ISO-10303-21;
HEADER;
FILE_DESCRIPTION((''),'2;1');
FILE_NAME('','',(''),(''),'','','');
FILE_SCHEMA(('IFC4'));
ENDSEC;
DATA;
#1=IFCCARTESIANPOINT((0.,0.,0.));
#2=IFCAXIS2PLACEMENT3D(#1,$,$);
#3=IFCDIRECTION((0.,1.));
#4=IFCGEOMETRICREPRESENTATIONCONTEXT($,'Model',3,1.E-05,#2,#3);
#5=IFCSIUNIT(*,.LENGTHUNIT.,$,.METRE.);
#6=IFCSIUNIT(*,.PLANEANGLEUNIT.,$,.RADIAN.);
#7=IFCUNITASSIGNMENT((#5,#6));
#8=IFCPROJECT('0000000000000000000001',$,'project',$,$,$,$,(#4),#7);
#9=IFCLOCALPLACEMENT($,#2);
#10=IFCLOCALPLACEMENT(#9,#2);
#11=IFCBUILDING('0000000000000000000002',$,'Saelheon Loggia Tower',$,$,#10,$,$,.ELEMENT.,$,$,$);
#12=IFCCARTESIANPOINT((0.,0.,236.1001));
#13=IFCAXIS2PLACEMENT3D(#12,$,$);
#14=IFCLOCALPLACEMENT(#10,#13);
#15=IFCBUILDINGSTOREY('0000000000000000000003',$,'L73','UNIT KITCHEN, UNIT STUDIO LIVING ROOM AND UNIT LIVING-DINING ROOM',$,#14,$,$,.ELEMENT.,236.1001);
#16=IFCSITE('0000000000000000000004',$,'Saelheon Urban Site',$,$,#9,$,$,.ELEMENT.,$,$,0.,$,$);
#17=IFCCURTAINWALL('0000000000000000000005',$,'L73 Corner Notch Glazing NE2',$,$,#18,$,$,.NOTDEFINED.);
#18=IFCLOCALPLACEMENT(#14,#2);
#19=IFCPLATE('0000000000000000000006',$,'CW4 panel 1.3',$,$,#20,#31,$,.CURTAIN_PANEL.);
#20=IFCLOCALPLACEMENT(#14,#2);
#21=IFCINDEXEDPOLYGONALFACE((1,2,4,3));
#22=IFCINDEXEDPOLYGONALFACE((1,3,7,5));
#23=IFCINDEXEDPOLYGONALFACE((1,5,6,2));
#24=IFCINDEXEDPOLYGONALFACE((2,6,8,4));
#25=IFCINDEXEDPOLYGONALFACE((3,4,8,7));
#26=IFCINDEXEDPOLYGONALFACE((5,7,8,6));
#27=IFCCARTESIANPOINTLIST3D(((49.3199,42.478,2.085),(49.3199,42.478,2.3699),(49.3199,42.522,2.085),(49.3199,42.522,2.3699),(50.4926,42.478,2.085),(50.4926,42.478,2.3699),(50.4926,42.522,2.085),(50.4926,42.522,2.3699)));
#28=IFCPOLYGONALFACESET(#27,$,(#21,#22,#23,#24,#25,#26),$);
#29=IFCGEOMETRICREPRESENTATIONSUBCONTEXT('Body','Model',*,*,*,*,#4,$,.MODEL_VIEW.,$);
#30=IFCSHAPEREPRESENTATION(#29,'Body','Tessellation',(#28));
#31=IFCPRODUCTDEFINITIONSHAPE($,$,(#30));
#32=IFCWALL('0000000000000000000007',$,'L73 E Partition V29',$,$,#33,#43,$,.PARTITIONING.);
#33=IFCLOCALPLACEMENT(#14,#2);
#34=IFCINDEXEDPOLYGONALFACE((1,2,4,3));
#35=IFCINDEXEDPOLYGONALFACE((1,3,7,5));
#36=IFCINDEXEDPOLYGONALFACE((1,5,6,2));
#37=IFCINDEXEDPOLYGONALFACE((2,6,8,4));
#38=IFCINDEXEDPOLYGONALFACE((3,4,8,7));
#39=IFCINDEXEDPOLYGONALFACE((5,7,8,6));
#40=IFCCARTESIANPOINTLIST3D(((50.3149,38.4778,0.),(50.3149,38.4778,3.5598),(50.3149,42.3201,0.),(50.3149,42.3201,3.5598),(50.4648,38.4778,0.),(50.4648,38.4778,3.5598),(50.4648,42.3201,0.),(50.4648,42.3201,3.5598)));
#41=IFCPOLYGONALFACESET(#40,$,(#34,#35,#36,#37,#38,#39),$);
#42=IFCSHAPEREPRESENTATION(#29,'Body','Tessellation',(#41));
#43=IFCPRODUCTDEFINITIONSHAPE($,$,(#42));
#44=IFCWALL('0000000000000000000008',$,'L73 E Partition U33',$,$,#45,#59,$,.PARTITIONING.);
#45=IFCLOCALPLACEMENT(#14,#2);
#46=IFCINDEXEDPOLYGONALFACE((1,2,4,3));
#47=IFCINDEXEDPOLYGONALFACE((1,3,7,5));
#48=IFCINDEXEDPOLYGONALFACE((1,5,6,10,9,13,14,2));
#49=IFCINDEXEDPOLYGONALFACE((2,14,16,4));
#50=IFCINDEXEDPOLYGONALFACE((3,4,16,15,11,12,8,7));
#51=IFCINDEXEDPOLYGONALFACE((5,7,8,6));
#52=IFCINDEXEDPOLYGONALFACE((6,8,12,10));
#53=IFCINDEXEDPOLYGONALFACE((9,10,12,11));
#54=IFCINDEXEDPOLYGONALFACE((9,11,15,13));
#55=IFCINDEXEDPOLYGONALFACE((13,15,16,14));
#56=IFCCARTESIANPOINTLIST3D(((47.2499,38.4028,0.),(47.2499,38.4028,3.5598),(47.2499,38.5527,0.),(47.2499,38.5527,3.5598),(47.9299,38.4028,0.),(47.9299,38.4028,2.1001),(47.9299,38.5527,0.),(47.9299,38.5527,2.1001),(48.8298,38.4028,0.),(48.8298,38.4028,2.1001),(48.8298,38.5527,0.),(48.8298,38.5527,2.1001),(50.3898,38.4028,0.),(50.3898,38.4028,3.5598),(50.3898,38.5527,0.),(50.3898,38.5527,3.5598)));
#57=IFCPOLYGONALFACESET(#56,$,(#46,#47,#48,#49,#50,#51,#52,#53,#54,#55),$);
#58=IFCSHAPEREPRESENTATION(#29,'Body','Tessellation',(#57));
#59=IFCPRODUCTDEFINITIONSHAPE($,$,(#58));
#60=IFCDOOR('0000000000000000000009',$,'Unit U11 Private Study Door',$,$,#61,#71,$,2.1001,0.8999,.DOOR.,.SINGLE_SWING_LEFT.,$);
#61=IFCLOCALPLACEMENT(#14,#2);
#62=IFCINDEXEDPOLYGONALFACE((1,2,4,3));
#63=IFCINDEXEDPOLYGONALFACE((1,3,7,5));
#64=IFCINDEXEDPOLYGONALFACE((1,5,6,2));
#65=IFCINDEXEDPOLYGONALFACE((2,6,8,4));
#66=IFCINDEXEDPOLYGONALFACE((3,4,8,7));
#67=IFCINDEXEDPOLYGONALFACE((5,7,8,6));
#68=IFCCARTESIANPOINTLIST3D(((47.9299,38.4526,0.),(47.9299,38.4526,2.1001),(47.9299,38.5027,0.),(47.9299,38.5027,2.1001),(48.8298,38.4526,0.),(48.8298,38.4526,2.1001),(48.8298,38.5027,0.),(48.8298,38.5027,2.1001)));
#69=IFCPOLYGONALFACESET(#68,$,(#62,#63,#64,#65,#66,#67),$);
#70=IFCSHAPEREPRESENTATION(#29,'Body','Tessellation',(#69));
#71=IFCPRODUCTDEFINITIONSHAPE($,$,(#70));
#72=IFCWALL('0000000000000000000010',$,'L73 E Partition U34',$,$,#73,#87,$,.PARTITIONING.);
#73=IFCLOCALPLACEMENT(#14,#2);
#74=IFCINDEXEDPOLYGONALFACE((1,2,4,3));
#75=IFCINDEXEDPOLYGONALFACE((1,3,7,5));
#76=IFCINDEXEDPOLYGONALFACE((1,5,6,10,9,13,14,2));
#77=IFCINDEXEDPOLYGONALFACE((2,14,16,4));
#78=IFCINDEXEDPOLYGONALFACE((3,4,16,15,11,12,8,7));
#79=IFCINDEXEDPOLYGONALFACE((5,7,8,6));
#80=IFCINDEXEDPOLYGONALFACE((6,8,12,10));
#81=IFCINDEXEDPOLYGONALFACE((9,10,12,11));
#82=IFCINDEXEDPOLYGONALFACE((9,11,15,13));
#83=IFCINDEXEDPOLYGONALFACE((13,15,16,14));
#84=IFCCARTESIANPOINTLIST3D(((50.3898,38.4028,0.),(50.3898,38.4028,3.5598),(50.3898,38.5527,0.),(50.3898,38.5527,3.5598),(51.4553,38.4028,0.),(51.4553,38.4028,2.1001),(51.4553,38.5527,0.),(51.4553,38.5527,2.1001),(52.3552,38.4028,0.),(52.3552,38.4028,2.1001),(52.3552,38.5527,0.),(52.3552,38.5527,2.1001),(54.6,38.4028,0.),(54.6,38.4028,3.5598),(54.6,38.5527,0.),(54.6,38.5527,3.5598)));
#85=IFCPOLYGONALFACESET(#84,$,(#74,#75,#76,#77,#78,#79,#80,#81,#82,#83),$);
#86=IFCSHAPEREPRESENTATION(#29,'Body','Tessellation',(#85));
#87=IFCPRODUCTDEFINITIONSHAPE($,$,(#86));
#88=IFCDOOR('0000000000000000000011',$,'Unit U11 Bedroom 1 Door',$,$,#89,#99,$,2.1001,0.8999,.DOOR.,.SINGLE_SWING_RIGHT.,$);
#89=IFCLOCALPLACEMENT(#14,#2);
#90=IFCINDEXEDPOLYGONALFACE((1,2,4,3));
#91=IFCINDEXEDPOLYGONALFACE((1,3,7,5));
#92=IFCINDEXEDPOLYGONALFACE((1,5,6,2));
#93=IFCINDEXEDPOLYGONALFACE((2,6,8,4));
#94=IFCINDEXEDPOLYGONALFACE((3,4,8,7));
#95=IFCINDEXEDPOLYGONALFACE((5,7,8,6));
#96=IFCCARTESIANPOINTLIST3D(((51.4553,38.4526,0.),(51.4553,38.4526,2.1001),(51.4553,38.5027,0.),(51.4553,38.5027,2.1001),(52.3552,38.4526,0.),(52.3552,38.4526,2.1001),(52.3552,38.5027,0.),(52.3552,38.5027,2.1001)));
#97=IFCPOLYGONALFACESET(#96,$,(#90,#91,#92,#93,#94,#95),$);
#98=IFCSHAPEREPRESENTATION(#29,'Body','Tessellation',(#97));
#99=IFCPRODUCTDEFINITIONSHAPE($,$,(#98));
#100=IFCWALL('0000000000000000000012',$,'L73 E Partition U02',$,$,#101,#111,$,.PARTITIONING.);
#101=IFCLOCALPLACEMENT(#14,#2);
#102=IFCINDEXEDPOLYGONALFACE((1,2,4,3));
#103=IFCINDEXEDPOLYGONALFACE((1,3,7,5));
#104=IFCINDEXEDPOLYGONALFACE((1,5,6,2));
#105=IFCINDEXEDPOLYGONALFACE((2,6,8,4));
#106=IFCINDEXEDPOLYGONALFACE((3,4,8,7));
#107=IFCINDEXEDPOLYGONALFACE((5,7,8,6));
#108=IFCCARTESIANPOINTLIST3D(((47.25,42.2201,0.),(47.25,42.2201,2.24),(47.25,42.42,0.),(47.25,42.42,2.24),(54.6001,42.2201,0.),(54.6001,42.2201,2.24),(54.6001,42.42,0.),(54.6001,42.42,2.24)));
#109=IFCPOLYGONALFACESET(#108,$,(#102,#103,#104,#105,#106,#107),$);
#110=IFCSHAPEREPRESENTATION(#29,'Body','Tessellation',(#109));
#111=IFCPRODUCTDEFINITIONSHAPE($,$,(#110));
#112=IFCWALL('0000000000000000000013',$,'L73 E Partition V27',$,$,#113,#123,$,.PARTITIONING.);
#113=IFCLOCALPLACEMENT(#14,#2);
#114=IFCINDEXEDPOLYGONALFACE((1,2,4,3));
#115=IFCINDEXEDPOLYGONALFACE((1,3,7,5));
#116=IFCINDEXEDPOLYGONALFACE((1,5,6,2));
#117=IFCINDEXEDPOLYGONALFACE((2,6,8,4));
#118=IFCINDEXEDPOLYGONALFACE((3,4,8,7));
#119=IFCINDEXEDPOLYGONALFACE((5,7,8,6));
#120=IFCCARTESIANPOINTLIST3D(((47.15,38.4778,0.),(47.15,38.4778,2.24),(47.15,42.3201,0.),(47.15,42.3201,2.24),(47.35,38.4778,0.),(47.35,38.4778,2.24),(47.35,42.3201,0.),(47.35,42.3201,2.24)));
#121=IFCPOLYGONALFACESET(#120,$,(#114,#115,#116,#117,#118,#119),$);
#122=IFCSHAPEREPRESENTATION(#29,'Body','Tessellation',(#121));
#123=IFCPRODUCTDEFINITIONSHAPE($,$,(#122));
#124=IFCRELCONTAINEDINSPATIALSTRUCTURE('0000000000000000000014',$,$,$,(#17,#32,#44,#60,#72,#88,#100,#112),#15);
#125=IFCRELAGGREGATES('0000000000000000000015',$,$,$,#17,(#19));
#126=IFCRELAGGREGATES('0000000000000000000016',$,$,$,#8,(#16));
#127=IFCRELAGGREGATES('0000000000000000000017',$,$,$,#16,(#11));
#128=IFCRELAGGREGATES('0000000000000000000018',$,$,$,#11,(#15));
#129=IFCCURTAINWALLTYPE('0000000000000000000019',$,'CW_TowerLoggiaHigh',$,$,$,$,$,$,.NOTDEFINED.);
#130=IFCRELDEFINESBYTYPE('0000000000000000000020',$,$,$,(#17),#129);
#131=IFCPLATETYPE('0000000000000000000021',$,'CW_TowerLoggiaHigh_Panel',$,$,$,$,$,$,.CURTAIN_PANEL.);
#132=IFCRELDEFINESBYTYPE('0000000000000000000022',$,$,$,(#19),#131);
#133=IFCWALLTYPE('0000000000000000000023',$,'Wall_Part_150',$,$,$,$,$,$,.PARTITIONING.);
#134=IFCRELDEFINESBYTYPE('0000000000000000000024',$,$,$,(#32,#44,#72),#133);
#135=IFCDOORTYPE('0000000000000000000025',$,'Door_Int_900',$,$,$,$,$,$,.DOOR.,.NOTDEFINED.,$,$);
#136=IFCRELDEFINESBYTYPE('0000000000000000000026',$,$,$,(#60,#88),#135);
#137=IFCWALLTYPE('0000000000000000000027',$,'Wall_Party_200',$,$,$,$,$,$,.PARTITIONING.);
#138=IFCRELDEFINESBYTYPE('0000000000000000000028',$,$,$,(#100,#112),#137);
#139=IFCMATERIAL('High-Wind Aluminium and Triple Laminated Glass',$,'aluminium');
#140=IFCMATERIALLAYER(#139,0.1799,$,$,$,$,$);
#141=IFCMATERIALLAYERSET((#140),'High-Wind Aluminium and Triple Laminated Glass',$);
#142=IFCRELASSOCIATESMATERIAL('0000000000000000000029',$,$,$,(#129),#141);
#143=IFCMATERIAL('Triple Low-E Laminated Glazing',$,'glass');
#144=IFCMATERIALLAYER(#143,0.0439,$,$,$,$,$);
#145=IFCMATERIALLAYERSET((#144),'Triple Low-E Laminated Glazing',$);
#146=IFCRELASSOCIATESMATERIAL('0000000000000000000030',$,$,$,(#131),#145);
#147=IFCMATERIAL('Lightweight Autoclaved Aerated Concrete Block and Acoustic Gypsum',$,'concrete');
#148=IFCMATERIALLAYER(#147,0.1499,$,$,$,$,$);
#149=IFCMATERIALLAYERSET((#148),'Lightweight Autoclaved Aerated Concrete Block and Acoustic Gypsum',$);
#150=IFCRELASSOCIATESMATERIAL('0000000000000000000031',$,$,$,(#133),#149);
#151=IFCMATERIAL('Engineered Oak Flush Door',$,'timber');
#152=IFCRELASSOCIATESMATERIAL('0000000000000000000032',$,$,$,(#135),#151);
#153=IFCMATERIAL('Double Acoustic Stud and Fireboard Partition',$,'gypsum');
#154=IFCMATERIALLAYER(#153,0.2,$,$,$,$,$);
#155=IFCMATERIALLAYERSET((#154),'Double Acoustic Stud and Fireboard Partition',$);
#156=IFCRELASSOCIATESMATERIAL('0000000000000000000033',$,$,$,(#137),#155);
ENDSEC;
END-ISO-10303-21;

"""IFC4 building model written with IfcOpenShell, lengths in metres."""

from ifc_helpers import new_model, si_unit, direction, frame, frame_2d, origin, origin_2d, place, context, subcontext, project, spatial, rectangle, extrude, source, transform, mapped, material, layer, layer_set, type_object, element, fill, aggregate, save


model = new_model("IFC4")

# Units and contexts
model_context = context("Model", 3, precision=1e-05, world=origin(), true_north=direction((0.0, 1.0)))
body_context = subcontext(model_context, "Body", "Model", "MODEL_VIEW")
ifc_project = project(units=[si_unit("LENGTHUNIT", "METRE"), si_unit("PLANEANGLEUNIT", "RADIAN")], contexts=[model_context])

# Site, building, storey
site_placement = place(None, origin())
site = spatial("IfcSite", under=ifc_project, at=site_placement, Name="Saelheon Urban Site", CompositionType="ELEMENT", RefElevation=0.0)
building_placement = place(site_placement, origin())
building = spatial("IfcBuilding", under=site, at=building_placement, Name="Saelheon Loggia Tower", CompositionType="ELEMENT")
storey_placement = place(building_placement, frame((0.0, 0.0, 236.1001)))
storey = spatial("IfcBuildingStorey", under=building, at=storey_placement, Name="L73", Description="UNIT KITCHEN, UNIT STUDIO LIVING ROOM AND UNIT LIVING-DINING ROOM", CompositionType="ELEMENT", Elevation=236.1001)

# Curtain wall, plate
ifc_material_1 = material(Name="High-Wind Aluminium and Triple Laminated Glass", Category="aluminium")
ifc_layer_1 = layer(ifc_material_1, 0.1799)
ifc_layer_set_1 = layer_set([ifc_layer_1], Name="High-Wind Aluminium and Triple Laminated Glass")
curtain_wall_type = type_object("IfcCurtainWallType", Name="CW_TowerLoggiaHigh", PredefinedType="NOTDEFINED", material=ifc_layer_set_1)
curtain_wall_placement = place(storey_placement, origin())
curtain_wall = element("IfcCurtainWall", 1, at=curtain_wall_placement, inside=storey, type_object=curtain_wall_type, Name="L73 Corner Notch Glazing NE2", PredefinedType="NOTDEFINED")
ifc_material_2 = material(Name="Triple Low-E Laminated Glazing", Category="glass")
ifc_layer_2 = layer(ifc_material_2, 0.0439)
ifc_layer_set_2 = layer_set([ifc_layer_2], Name="Triple Low-E Laminated Glazing")
plate_type = type_object("IfcPlateType", Name="CW_TowerLoggiaHigh_Panel", PredefinedType="CURTAIN_PANEL", material=ifc_layer_set_2)
shared_shape_1 = source(origin(), body_context, "Body", "SweptSolid", [
    extrude(rectangle(XDim=1.1726, YDim=0.0439, at=origin_2d()), origin(), (0.0, 0.0, 1.0), 0.2849),
])
plate_1_placement = place(storey_placement, frame((49.9062, 42.5, 2.085), z_axis=(0.0, 0.0, 1.0), x_axis=(1.0, 0.0, 0.0)))
plate_1 = element("IfcPlate", 2, at=plate_1_placement, type_object=plate_type, Name="CW4 panel 1.3", PredefinedType="CURTAIN_PANEL", context=body_context, shape_type="MappedRepresentation", body=[
    mapped(shared_shape_1, transform((0.0, 0.0, 0.0), scale=1.0)),
])
aggregate(curtain_wall, [plate_1])

# Wall
ifc_material_3 = material(Name="Lightweight Autoclaved Aerated Concrete Block and Acoustic Gypsum", Category="concrete")
ifc_layer_3 = layer(ifc_material_3, 0.1499)
ifc_layer_set_3 = layer_set([ifc_layer_3], Name="Lightweight Autoclaved Aerated Concrete Block and Acoustic Gypsum")
wall_type_1 = type_object("IfcWallType", Name="Wall_Part_150", PredefinedType="PARTITIONING", material=ifc_layer_set_3)
wall_1_placement = place(storey_placement, frame((50.3899, 38.4778, 0.0), z_axis=(0.0, 0.0, 1.0), x_axis=(0.0, 1.0, 0.0)))
element("IfcWall", 3, at=wall_1_placement, inside=storey, type_object=wall_type_1, Name="L73 E Partition V29", PredefinedType="PARTITIONING", context=body_context, shape_type="SweptSolid", body=[
    extrude(rectangle(XDim=3.8423, YDim=0.1499, at=frame_2d((1.9211, 0.0))), origin(), (0.0, 0.0, 1.0), 3.5598),
])

# Walls, openings, doors
wall_2_placement = place(storey_placement, frame((47.25, 38.4778, 0.0), z_axis=(0.0, 0.0, 1.0), x_axis=(1.0, 0.0, 0.0)))
wall_2 = element("IfcWall", 4, at=wall_2_placement, inside=storey, type_object=wall_type_1, Name="L73 E Partition U33", PredefinedType="PARTITIONING", context=body_context, shape_type="SweptSolid", body=[
    extrude(rectangle(XDim=3.1399, YDim=0.1499, at=frame_2d((1.5698, 0.0))), origin(), (0.0, 0.0, 1.0), 3.5598),
])
opening_1_placement = place(wall_2_placement, frame((0.6799, 0.0, 0.0)))
opening_1 = element("IfcOpeningElement", 5, at=opening_1_placement, cuts=wall_2, PredefinedType="OPENING", context=body_context, shape_type="SweptSolid", body=[
    extrude(rectangle(XDim=0.8999, YDim=2.1001, at=frame_2d((0.45, 1.05))), frame((0.0, 0.0869, 0.0), z_axis=(0.0, -1.0, 0.0), x_axis=(1.0, 0.0, 0.0)), (0.0, 0.0, 1.0), 0.1738),
])
ifc_material_4 = material(Name="Engineered Oak Flush Door", Category="timber")
door_type = type_object("IfcDoorType", Name="Door_Int_900", OperationType="NOTDEFINED", PredefinedType="DOOR", material=ifc_material_4)
shared_shape_2 = source(origin(), body_context, "Body", "SweptSolid", [
    extrude(rectangle(XDim=0.8999, YDim=2.1001, at=frame_2d((0.45, 1.05))), frame((0.0, 0.0249, 0.0), z_axis=(0.0, -1.0, 0.0), x_axis=(1.0, 0.0, 0.0)), (0.0, 0.0, 1.0), 0.05),
])
door_1_placement = place(opening_1_placement, origin())
door_1 = element("IfcDoor", 6, at=door_1_placement, inside=storey, type_object=door_type, Name="Unit U11 Private Study Door", OperationType="SINGLE_SWING_LEFT", OverallHeight=2.1001, OverallWidth=0.8999, PredefinedType="DOOR", context=body_context, shape_type="MappedRepresentation", body=[
    mapped(shared_shape_2, transform((0.0, 0.0, 0.0), scale=1.0)),
])
fill(opening_1, door_1)
wall_3_placement = place(storey_placement, frame((50.3899, 38.4778, 0.0), z_axis=(0.0, 0.0, 1.0), x_axis=(1.0, 0.0, 0.0)))
wall_3 = element("IfcWall", 7, at=wall_3_placement, inside=storey, type_object=wall_type_1, Name="L73 E Partition U34", PredefinedType="PARTITIONING", context=body_context, shape_type="SweptSolid", body=[
    extrude(rectangle(XDim=4.2102, YDim=0.1499, at=frame_2d((2.105, 0.0))), origin(), (0.0, 0.0, 1.0), 3.5598),
])
opening_2_placement = place(wall_3_placement, frame((1.0654, 0.0, 0.0)))
opening_2 = element("IfcOpeningElement", 8, at=opening_2_placement, cuts=wall_3, PredefinedType="OPENING", context=body_context, shape_type="SweptSolid", body=[
    extrude(rectangle(XDim=0.8999, YDim=2.1001, at=frame_2d((0.45, 1.05))), frame((0.0, 0.0869, 0.0), z_axis=(0.0, -1.0, 0.0), x_axis=(1.0, 0.0, 0.0)), (0.0, 0.0, 1.0), 0.1738),
])
door_2_placement = place(opening_2_placement, origin())
door_2 = element("IfcDoor", 9, at=door_2_placement, inside=storey, type_object=door_type, Name="Unit U11 Bedroom 1 Door", OperationType="SINGLE_SWING_RIGHT", OverallHeight=2.1001, OverallWidth=0.8999, PredefinedType="DOOR", context=body_context, shape_type="MappedRepresentation", body=[
    mapped(shared_shape_2, transform((0.0, 0.0, 0.0), scale=1.0)),
])
fill(opening_2, door_2)

# Walls
ifc_material_5 = material(Name="Double Acoustic Stud and Fireboard Partition", Category="gypsum")
ifc_layer_4 = layer(ifc_material_5, 0.2)
ifc_layer_set_4 = layer_set([ifc_layer_4], Name="Double Acoustic Stud and Fireboard Partition")
wall_type_2 = type_object("IfcWallType", Name="Wall_Party_200", PredefinedType="PARTITIONING", material=ifc_layer_set_4)
wall_4_placement = place(storey_placement, frame((47.25, 42.3201, 0.0), z_axis=(0.0, 0.0, 1.0), x_axis=(1.0, 0.0, 0.0)))
element("IfcWall", 10, at=wall_4_placement, inside=storey, type_object=wall_type_2, Name="L73 E Partition U02", PredefinedType="PARTITIONING", context=body_context, shape_type="SweptSolid", body=[
    extrude(rectangle(XDim=7.3501, YDim=0.2, at=frame_2d((3.675, 0.0))), origin(), (0.0, 0.0, 1.0), 2.24),
])
wall_5_placement = place(storey_placement, frame((47.25, 38.4778, 0.0), z_axis=(0.0, 0.0, 1.0), x_axis=(0.0, 1.0, 0.0)))
element("IfcWall", 11, at=wall_5_placement, inside=storey, type_object=wall_type_2, Name="L73 E Partition V27", PredefinedType="PARTITIONING", context=body_context, shape_type="SweptSolid", body=[
    extrude(rectangle(XDim=3.8423, YDim=0.2, at=frame_2d((1.9211, 0.0))), origin(), (0.0, 0.0, 1.0), 2.24),
])

save(model, "model.ifc")
